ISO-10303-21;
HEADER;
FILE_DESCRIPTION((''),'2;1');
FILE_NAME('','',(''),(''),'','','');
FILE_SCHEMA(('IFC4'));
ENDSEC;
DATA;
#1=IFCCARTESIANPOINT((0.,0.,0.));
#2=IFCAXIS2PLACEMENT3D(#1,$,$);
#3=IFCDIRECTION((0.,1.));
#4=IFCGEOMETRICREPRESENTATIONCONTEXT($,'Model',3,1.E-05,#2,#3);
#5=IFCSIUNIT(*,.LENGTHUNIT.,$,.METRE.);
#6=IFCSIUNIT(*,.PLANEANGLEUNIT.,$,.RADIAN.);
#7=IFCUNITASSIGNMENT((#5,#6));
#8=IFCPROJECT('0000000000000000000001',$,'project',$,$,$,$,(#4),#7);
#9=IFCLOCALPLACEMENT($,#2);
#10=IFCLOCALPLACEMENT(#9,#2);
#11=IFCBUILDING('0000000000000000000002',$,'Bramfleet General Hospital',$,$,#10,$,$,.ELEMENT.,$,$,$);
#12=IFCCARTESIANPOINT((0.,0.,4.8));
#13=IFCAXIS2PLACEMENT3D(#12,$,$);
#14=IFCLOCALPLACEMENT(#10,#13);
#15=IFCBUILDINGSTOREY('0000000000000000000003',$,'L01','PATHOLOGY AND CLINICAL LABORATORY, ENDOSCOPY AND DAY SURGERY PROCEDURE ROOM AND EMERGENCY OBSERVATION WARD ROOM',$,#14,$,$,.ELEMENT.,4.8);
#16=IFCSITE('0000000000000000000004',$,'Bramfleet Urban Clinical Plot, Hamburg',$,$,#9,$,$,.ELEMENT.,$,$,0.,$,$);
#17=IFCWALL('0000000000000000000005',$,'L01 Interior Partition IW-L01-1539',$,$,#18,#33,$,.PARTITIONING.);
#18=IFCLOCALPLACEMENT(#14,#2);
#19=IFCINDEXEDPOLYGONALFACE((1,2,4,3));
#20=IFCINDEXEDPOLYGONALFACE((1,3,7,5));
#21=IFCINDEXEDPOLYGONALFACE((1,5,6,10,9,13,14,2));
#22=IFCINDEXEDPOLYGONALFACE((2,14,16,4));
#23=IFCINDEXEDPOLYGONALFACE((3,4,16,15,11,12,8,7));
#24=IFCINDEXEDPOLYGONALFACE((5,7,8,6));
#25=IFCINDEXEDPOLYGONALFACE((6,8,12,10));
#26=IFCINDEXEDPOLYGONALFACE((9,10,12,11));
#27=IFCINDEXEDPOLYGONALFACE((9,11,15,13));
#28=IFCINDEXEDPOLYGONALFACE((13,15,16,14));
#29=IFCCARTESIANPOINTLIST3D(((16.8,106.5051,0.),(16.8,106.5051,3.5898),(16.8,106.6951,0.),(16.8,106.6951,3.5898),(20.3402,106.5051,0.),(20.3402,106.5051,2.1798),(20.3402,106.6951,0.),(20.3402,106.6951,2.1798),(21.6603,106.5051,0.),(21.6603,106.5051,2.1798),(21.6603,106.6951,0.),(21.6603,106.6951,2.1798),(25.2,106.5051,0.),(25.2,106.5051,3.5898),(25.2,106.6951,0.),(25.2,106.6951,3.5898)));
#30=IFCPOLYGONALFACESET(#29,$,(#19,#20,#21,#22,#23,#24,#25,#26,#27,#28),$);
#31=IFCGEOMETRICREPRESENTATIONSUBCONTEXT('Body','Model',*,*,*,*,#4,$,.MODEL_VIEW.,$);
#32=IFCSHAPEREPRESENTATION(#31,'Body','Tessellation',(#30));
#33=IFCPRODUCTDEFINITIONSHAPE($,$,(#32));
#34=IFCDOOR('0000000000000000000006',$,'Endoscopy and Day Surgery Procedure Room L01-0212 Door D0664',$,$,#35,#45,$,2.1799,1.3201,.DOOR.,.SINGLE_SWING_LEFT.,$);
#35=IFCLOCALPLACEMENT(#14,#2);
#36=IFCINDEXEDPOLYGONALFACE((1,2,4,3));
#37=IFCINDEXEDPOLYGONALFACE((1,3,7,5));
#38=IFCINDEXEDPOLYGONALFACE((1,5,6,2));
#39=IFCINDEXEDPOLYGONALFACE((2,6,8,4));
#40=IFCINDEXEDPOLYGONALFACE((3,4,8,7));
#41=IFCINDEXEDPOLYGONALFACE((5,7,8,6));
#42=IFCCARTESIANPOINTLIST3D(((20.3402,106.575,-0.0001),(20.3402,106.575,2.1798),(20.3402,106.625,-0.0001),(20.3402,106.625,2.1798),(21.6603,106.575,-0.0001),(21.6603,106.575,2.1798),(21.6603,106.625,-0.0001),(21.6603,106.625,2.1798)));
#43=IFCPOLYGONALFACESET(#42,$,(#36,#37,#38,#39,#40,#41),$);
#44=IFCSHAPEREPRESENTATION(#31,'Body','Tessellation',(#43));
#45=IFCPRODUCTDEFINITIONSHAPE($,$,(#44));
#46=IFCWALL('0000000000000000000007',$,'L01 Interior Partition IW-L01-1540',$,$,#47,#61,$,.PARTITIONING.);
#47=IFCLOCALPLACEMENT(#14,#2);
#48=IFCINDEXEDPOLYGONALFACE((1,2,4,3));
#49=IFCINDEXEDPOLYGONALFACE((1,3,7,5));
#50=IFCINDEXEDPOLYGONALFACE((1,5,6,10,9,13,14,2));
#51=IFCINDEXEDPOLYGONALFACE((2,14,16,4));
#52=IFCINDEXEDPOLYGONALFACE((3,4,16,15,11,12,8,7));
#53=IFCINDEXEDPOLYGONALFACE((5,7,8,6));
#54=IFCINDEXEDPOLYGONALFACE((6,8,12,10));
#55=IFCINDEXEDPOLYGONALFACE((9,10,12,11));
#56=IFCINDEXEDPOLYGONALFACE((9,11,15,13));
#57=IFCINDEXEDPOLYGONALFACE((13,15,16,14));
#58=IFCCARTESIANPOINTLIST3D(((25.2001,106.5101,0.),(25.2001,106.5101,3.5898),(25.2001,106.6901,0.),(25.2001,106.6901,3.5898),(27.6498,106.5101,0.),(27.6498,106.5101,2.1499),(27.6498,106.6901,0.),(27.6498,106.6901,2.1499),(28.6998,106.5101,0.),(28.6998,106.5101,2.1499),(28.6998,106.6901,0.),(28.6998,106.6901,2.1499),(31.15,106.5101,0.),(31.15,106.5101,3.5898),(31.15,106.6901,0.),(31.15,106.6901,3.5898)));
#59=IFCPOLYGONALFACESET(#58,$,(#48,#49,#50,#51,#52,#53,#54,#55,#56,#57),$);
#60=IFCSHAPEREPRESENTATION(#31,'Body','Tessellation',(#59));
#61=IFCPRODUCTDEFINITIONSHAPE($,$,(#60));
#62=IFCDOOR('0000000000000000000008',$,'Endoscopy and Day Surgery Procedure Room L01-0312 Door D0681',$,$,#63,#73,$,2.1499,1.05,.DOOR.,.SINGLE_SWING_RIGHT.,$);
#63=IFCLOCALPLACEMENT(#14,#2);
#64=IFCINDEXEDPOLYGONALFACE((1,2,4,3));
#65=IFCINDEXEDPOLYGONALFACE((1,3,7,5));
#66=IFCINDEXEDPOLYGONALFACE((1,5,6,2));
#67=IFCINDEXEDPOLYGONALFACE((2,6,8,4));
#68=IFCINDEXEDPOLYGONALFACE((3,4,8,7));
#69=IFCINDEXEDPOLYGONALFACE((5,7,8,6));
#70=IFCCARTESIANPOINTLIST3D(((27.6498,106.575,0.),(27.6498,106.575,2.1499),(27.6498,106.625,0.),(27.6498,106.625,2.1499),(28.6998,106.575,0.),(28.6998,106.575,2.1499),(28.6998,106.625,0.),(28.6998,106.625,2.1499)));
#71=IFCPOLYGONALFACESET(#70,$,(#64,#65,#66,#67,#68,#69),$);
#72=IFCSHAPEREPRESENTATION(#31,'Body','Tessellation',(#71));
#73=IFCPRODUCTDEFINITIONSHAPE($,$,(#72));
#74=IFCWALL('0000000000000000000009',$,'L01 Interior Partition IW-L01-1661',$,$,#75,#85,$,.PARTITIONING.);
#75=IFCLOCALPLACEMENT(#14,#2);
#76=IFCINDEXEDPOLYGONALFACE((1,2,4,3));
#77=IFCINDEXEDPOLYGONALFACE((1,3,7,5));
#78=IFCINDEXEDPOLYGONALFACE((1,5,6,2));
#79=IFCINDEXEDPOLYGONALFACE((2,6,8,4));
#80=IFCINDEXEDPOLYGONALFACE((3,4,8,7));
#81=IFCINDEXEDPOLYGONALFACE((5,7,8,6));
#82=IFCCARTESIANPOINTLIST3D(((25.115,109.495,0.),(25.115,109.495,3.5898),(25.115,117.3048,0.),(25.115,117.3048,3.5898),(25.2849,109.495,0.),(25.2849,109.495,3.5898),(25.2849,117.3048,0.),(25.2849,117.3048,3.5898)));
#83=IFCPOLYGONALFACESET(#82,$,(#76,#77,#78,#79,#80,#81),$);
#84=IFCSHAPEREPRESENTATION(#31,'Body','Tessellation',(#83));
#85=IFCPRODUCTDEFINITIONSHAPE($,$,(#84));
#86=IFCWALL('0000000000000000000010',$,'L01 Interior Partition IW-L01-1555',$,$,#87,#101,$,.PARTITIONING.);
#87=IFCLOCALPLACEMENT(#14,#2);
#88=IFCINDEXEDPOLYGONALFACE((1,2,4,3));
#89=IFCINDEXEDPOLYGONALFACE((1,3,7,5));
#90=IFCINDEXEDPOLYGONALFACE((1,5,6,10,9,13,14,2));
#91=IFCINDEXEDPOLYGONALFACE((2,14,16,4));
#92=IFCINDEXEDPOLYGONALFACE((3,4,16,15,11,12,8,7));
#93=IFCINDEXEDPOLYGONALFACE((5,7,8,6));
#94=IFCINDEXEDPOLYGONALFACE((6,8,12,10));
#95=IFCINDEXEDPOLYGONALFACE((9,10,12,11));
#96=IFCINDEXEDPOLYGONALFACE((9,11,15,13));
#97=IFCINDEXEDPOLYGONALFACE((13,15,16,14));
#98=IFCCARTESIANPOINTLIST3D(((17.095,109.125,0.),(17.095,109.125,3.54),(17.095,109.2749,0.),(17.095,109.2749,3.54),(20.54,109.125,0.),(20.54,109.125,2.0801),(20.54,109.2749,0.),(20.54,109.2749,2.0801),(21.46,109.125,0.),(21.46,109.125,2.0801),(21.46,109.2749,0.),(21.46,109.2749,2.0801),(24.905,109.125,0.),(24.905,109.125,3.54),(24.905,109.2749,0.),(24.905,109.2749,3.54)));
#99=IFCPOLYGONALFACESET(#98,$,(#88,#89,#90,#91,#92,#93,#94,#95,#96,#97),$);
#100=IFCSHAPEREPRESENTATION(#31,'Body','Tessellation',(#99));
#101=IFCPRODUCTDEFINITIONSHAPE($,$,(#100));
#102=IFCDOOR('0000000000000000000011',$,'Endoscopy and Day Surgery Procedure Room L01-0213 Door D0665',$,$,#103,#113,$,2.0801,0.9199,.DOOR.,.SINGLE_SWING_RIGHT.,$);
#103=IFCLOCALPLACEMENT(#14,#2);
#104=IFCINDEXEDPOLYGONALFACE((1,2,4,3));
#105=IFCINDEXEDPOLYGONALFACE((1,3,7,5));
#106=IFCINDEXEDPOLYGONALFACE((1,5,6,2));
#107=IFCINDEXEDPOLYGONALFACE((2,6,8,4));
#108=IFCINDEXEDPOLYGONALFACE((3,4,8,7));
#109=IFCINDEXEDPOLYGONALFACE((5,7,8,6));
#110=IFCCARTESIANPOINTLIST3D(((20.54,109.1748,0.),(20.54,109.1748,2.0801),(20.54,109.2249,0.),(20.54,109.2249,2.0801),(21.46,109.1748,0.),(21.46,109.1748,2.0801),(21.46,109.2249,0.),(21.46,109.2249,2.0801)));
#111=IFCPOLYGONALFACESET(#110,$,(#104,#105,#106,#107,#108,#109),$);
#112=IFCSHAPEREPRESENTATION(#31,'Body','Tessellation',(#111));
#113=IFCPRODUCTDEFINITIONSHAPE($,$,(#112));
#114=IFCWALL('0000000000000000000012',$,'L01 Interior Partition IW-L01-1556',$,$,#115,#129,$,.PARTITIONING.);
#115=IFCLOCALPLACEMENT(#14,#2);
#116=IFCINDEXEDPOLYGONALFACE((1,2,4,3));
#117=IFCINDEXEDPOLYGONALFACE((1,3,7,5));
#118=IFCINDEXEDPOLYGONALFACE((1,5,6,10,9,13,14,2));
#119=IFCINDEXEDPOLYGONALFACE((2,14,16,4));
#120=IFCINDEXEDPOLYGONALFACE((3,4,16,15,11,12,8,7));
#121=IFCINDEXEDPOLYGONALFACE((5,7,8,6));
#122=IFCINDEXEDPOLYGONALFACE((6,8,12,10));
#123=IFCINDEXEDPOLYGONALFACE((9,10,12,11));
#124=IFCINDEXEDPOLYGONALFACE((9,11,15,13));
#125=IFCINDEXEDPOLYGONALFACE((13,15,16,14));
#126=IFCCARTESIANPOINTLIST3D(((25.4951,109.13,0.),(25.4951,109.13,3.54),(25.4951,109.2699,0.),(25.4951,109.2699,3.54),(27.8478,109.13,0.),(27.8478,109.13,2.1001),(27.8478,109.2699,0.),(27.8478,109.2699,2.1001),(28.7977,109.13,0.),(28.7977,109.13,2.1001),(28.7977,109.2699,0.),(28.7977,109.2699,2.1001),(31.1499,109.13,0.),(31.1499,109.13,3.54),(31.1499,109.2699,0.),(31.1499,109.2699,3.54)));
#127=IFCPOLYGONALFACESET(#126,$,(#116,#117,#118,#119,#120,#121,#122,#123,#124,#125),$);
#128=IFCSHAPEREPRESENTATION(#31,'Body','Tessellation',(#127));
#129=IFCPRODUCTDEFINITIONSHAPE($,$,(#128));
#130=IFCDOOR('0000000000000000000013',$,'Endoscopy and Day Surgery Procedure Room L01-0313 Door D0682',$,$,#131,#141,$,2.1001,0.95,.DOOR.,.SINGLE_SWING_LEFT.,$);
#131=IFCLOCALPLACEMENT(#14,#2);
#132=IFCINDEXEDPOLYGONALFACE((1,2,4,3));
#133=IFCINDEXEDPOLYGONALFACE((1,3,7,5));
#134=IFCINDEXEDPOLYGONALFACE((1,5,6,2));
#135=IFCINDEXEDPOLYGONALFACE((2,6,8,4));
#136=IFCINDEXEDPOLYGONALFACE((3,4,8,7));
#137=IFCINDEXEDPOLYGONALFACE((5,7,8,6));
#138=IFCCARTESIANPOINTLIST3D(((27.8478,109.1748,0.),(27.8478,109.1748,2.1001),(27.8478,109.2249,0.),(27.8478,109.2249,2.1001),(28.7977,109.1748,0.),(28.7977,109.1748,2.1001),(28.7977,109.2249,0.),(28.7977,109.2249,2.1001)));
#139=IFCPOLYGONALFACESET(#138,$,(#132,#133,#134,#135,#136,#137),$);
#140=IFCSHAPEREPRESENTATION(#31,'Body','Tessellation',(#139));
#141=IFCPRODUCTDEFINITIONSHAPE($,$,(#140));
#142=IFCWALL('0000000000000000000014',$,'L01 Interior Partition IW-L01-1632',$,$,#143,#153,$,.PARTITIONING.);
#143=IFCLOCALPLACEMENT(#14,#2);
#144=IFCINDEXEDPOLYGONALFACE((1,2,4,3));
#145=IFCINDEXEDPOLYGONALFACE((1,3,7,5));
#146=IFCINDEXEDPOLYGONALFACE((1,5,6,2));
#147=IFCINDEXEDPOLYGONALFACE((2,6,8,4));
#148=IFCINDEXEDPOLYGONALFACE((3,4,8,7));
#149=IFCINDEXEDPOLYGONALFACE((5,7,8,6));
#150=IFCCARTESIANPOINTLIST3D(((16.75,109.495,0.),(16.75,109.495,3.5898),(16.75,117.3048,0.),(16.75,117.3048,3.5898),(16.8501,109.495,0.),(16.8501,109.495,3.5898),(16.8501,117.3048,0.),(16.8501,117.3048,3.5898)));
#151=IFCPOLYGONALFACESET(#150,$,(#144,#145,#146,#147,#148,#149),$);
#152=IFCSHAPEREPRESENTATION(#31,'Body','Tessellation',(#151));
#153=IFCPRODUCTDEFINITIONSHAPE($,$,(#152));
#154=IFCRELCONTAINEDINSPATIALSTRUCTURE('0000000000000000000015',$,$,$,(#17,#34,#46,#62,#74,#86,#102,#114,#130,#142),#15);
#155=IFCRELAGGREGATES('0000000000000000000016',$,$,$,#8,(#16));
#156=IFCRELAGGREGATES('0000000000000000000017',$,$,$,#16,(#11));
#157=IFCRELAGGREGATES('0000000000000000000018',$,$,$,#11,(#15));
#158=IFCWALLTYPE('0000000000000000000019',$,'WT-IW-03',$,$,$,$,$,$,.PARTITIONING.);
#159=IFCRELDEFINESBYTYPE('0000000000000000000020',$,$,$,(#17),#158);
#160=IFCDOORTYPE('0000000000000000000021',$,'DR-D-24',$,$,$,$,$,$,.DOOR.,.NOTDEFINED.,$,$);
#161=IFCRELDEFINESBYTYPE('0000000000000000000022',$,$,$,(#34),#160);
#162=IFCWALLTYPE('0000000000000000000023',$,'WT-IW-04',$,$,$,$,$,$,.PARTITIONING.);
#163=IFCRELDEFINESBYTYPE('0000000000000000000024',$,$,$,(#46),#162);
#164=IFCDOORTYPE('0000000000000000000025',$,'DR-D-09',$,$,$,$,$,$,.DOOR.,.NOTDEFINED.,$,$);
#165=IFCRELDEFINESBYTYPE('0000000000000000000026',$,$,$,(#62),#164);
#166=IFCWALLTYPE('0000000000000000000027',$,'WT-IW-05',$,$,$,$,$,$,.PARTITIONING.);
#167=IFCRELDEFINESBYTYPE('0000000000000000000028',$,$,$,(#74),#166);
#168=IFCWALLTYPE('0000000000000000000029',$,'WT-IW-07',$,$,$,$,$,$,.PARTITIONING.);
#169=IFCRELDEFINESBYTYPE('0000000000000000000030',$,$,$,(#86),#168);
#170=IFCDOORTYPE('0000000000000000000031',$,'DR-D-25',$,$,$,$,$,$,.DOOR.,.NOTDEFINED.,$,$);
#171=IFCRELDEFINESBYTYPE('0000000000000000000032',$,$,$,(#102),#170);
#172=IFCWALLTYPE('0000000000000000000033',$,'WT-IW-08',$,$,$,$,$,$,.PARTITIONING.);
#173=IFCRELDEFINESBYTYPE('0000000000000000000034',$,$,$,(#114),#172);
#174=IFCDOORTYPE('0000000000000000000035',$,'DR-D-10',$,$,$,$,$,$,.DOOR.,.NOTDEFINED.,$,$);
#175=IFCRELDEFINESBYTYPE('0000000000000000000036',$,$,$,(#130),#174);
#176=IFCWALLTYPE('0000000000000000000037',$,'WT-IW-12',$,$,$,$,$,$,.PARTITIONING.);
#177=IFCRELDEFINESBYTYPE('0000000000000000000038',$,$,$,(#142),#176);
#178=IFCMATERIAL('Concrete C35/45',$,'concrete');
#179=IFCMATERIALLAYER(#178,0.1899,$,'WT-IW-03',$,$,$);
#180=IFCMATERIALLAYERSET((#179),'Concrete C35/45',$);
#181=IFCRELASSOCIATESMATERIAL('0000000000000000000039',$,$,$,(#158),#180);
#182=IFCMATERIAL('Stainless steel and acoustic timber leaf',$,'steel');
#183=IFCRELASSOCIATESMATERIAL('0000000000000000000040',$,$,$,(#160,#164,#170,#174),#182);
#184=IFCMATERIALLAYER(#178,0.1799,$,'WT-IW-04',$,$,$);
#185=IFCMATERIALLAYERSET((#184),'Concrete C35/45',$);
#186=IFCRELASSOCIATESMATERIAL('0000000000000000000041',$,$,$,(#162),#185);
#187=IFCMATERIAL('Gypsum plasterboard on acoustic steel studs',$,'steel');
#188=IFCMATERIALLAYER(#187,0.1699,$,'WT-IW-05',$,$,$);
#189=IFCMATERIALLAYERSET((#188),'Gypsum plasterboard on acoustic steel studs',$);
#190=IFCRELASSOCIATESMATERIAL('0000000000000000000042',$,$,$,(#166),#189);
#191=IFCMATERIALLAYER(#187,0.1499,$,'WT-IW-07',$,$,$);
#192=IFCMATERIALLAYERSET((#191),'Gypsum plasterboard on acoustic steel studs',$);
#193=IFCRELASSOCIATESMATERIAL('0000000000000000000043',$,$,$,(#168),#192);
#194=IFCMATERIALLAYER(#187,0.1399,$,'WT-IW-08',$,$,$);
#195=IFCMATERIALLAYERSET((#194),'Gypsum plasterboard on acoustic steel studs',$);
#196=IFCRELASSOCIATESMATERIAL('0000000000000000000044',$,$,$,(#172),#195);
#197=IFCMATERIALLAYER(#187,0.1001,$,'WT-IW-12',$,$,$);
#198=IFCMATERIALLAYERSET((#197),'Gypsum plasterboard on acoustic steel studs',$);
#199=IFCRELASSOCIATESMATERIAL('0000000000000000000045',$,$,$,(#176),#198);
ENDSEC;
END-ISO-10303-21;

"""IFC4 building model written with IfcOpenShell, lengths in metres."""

from ifc_helpers import new_model, si_unit, direction, frame, frame_2d, origin, place, context, subcontext, project, spatial, rectangle, extrude, material, layer, layer_set, type_object, element, fill, save


model = new_model("IFC4")

# Units and contexts
model_context = context("Model", 3, precision=1e-05, world=origin(), true_north=direction((0.0, 1.0)))
body_context = subcontext(model_context, "Body", "Model", "MODEL_VIEW")
ifc_project = project(units=[si_unit("LENGTHUNIT", "METRE"), si_unit("PLANEANGLEUNIT", "RADIAN")], contexts=[model_context])

# Site, building, storey
site_placement = place(None, origin())
site = spatial("IfcSite", under=ifc_project, at=site_placement, Name="Bramfleet Urban Clinical Plot, Hamburg", CompositionType="ELEMENT", RefElevation=0.0)
building_placement = place(site_placement, origin())
building = spatial("IfcBuilding", under=site, at=building_placement, Name="Bramfleet General Hospital", CompositionType="ELEMENT")
storey_placement = place(building_placement, frame((0.0, 0.0, 4.8)))
storey = spatial("IfcBuildingStorey", under=building, at=storey_placement, Name="L01", Description="PATHOLOGY AND CLINICAL LABORATORY, ENDOSCOPY AND DAY SURGERY PROCEDURE ROOM AND EMERGENCY OBSERVATION WARD ROOM", CompositionType="ELEMENT", Elevation=4.8)

# Shared definitions
ifc_material_1 = material(Name="Concrete C35/45", Category="concrete")

# Walls, openings, doors
ifc_layer_1 = layer(ifc_material_1, 0.1899, Name="WT-IW-03")
ifc_layer_set_1 = layer_set([ifc_layer_1], Name="Concrete C35/45")
wall_type_1 = type_object("IfcWallType", Name="WT-IW-03", PredefinedType="PARTITIONING", material=ifc_layer_set_1)
wall_1_placement = place(storey_placement, frame((16.8, 106.6001, 0.0), z_axis=(0.0, 0.0, 1.0), x_axis=(1.0, 0.0, 0.0)))
wall_1 = element("IfcWall", 1, at=wall_1_placement, inside=storey, type_object=wall_type_1, Name="L01 Interior Partition IW-L01-1539", PredefinedType="PARTITIONING", context=body_context, shape_type="SweptSolid", body=[
    extrude(rectangle(XDim=8.3999, YDim=0.1899, at=frame_2d((4.2, 0.0))), origin(), (0.0, 0.0, 1.0), 3.5898),
])
opening_1_placement = place(wall_1_placement, frame((3.54, 0.0, 0.0)))
opening_1 = element("IfcOpeningElement", 2, at=opening_1_placement, cuts=wall_1, PredefinedType="OPENING", context=body_context, shape_type="SweptSolid", body=[
    extrude(rectangle(XDim=1.3201, YDim=2.1799, at=frame_2d((0.6602, 1.0898))), frame((0.0, 0.105, 0.0), z_axis=(0.0, -1.0, 0.0), x_axis=(1.0, 0.0, 0.0)), (0.0, 0.0, 1.0), 0.21),
])
ifc_material_2 = material(Name="Stainless steel and acoustic timber leaf", Category="steel")
door_type_1 = type_object("IfcDoorType", Name="DR-D-24", OperationType="NOTDEFINED", PredefinedType="DOOR", material=ifc_material_2)
door_1_placement = place(opening_1_placement, origin())
door_1 = element("IfcDoor", 3, at=door_1_placement, inside=storey, type_object=door_type_1, Name="Endoscopy and Day Surgery Procedure Room L01-0212 Door D0664", OperationType="SINGLE_SWING_LEFT", OverallHeight=2.1799, OverallWidth=1.3201, PredefinedType="DOOR", context=body_context, shape_type="SweptSolid", body=[
    extrude(rectangle(XDim=1.3201, YDim=2.1799, at=frame_2d((0.6602, 1.0898))), frame((0.0, 0.0249, 0.0), z_axis=(0.0, -1.0, 0.0), x_axis=(1.0, 0.0, 0.0)), (0.0, 0.0, 1.0), 0.05),
])
fill(opening_1, door_1)
ifc_layer_2 = layer(ifc_material_1, 0.1799, Name="WT-IW-04")
ifc_layer_set_2 = layer_set([ifc_layer_2], Name="Concrete C35/45")
wall_type_2 = type_object("IfcWallType", Name="WT-IW-04", PredefinedType="PARTITIONING", material=ifc_layer_set_2)
wall_2_placement = place(storey_placement, frame((25.2, 106.6001, 0.0), z_axis=(0.0, 0.0, 1.0), x_axis=(1.0, 0.0, 0.0)))
wall_2 = element("IfcWall", 4, at=wall_2_placement, inside=storey, type_object=wall_type_2, Name="L01 Interior Partition IW-L01-1540", PredefinedType="PARTITIONING", context=body_context, shape_type="SweptSolid", body=[
    extrude(rectangle(XDim=5.95, YDim=0.1799, at=frame_2d((2.9751, 0.0))), origin(), (0.0, 0.0, 1.0), 3.5898),
])
opening_2_placement = place(wall_2_placement, frame((2.45, 0.0, 0.0)))
opening_2 = element("IfcOpeningElement", 5, at=opening_2_placement, cuts=wall_2, PredefinedType="OPENING", context=body_context, shape_type="SweptSolid", body=[
    extrude(rectangle(XDim=1.05, YDim=2.1499, at=frame_2d((0.5249, 1.075))), frame((0.0, 0.0999, 0.0), z_axis=(0.0, -1.0, 0.0), x_axis=(1.0, 0.0, 0.0)), (0.0, 0.0, 1.0), 0.2),
])
door_type_2 = type_object("IfcDoorType", Name="DR-D-09", OperationType="NOTDEFINED", PredefinedType="DOOR", material=ifc_material_2)
door_2_placement = place(opening_2_placement, origin())
door_2 = element("IfcDoor", 6, at=door_2_placement, inside=storey, type_object=door_type_2, Name="Endoscopy and Day Surgery Procedure Room L01-0312 Door D0681", OperationType="SINGLE_SWING_RIGHT", OverallHeight=2.1499, OverallWidth=1.05, PredefinedType="DOOR", context=body_context, shape_type="SweptSolid", body=[
    extrude(rectangle(XDim=1.05, YDim=2.1499, at=frame_2d((0.5249, 1.075))), frame((0.0, 0.0249, 0.0), z_axis=(0.0, -1.0, 0.0), x_axis=(1.0, 0.0, 0.0)), (0.0, 0.0, 1.0), 0.05),
])
fill(opening_2, door_2)

# Wall
ifc_material_3 = material(Name="Gypsum plasterboard on acoustic steel studs", Category="steel")
ifc_layer_3 = layer(ifc_material_3, 0.1699, Name="WT-IW-05")
ifc_layer_set_3 = layer_set([ifc_layer_3], Name="Gypsum plasterboard on acoustic steel studs")
wall_type_3 = type_object("IfcWallType", Name="WT-IW-05", PredefinedType="PARTITIONING", material=ifc_layer_set_3)
wall_3_placement = place(storey_placement, frame((25.2, 109.4951, 0.0), z_axis=(0.0, 0.0, 1.0), x_axis=(0.0, 1.0, 0.0)))
element("IfcWall", 7, at=wall_3_placement, inside=storey, type_object=wall_type_3, Name="L01 Interior Partition IW-L01-1661", PredefinedType="PARTITIONING", context=body_context, shape_type="SweptSolid", body=[
    extrude(rectangle(XDim=7.8098, YDim=0.1699, at=frame_2d((3.9048, 0.0))), origin(), (0.0, 0.0, 1.0), 3.5898),
])

# Walls, openings, doors
ifc_layer_4 = layer(ifc_material_3, 0.1499, Name="WT-IW-07")
ifc_layer_set_4 = layer_set([ifc_layer_4], Name="Gypsum plasterboard on acoustic steel studs")
wall_type_4 = type_object("IfcWallType", Name="WT-IW-07", PredefinedType="PARTITIONING", material=ifc_layer_set_4)
wall_4_placement = place(storey_placement, frame((17.095, 109.2, 0.0), z_axis=(0.0, 0.0, 1.0), x_axis=(1.0, 0.0, 0.0)))
wall_4 = element("IfcWall", 8, at=wall_4_placement, inside=storey, type_object=wall_type_4, Name="L01 Interior Partition IW-L01-1555", PredefinedType="PARTITIONING", context=body_context, shape_type="SweptSolid", body=[
    extrude(rectangle(XDim=7.8101, YDim=0.1499, at=frame_2d((3.905, 0.0))), origin(), (0.0, 0.0, 1.0), 3.54),
])
opening_3_placement = place(wall_4_placement, frame((3.4451, 0.0, 0.0)))
opening_3 = element("IfcOpeningElement", 9, at=opening_3_placement, cuts=wall_4, PredefinedType="OPENING", context=body_context, shape_type="SweptSolid", body=[
    extrude(rectangle(XDim=0.9199, YDim=2.0801, at=frame_2d((0.46, 1.04))), frame((0.0, 0.085, 0.0), z_axis=(0.0, -1.0, 0.0), x_axis=(1.0, 0.0, 0.0)), (0.0, 0.0, 1.0), 0.1699),
])
door_type_3 = type_object("IfcDoorType", Name="DR-D-25", OperationType="NOTDEFINED", PredefinedType="DOOR", material=ifc_material_2)
door_3_placement = place(opening_3_placement, origin())
door_3 = element("IfcDoor", 10, at=door_3_placement, inside=storey, type_object=door_type_3, Name="Endoscopy and Day Surgery Procedure Room L01-0213 Door D0665", OperationType="SINGLE_SWING_RIGHT", OverallHeight=2.0801, OverallWidth=0.9199, PredefinedType="DOOR", context=body_context, shape_type="SweptSolid", body=[
    extrude(rectangle(XDim=0.9199, YDim=2.0801, at=frame_2d((0.46, 1.04))), frame((0.0, 0.0249, 0.0), z_axis=(0.0, -1.0, 0.0), x_axis=(1.0, 0.0, 0.0)), (0.0, 0.0, 1.0), 0.05),
])
fill(opening_3, door_3)
ifc_layer_5 = layer(ifc_material_3, 0.1399, Name="WT-IW-08")
ifc_layer_set_5 = layer_set([ifc_layer_5], Name="Gypsum plasterboard on acoustic steel studs")
wall_type_5 = type_object("IfcWallType", Name="WT-IW-08", PredefinedType="PARTITIONING", material=ifc_layer_set_5)
wall_5_placement = place(storey_placement, frame((25.4951, 109.2, 0.0), z_axis=(0.0, 0.0, 1.0), x_axis=(1.0, 0.0, 0.0)))
wall_5 = element("IfcWall", 11, at=wall_5_placement, inside=storey, type_object=wall_type_5, Name="L01 Interior Partition IW-L01-1556", PredefinedType="PARTITIONING", context=body_context, shape_type="SweptSolid", body=[
    extrude(rectangle(XDim=5.6548, YDim=0.1399, at=frame_2d((2.8274, 0.0))), origin(), (0.0, 0.0, 1.0), 3.54),
])
opening_4_placement = place(wall_5_placement, frame((2.3525, 0.0, 0.0)))
opening_4 = element("IfcOpeningElement", 12, at=opening_4_placement, cuts=wall_5, PredefinedType="OPENING", context=body_context, shape_type="SweptSolid", body=[
    extrude(rectangle(XDim=0.95, YDim=2.1001, at=frame_2d((0.4751, 1.05))), frame((0.0, 0.0798, 0.0), z_axis=(0.0, -1.0, 0.0), x_axis=(1.0, 0.0, 0.0)), (0.0, 0.0, 1.0), 0.1599),
])
door_type_4 = type_object("IfcDoorType", Name="DR-D-10", OperationType="NOTDEFINED", PredefinedType="DOOR", material=ifc_material_2)
door_4_placement = place(opening_4_placement, origin())
door_4 = element("IfcDoor", 13, at=door_4_placement, inside=storey, type_object=door_type_4, Name="Endoscopy and Day Surgery Procedure Room L01-0313 Door D0682", OperationType="SINGLE_SWING_LEFT", OverallHeight=2.1001, OverallWidth=0.95, PredefinedType="DOOR", context=body_context, shape_type="SweptSolid", body=[
    extrude(rectangle(XDim=0.95, YDim=2.1001, at=frame_2d((0.4751, 1.05))), frame((0.0, 0.0249, 0.0), z_axis=(0.0, -1.0, 0.0), x_axis=(1.0, 0.0, 0.0)), (0.0, 0.0, 1.0), 0.05),
])
fill(opening_4, door_4)

# Wall
ifc_layer_6 = layer(ifc_material_3, 0.1001, Name="WT-IW-12")
ifc_layer_set_6 = layer_set([ifc_layer_6], Name="Gypsum plasterboard on acoustic steel studs")
wall_type_6 = type_object("IfcWallType", Name="WT-IW-12", PredefinedType="PARTITIONING", material=ifc_layer_set_6)
wall_6_placement = place(storey_placement, frame((16.8, 109.4951, 0.0), z_axis=(0.0, 0.0, 1.0), x_axis=(0.0, 1.0, 0.0)))
element("IfcWall", 14, at=wall_6_placement, inside=storey, type_object=wall_type_6, Name="L01 Interior Partition IW-L01-1632", PredefinedType="PARTITIONING", context=body_context, shape_type="SweptSolid", body=[
    extrude(rectangle(XDim=7.8098, YDim=0.1001, at=frame_2d((3.9048, 0.0))), origin(), (0.0, 0.0, 1.0), 3.5898),
])

save(model, "model.ifc")
